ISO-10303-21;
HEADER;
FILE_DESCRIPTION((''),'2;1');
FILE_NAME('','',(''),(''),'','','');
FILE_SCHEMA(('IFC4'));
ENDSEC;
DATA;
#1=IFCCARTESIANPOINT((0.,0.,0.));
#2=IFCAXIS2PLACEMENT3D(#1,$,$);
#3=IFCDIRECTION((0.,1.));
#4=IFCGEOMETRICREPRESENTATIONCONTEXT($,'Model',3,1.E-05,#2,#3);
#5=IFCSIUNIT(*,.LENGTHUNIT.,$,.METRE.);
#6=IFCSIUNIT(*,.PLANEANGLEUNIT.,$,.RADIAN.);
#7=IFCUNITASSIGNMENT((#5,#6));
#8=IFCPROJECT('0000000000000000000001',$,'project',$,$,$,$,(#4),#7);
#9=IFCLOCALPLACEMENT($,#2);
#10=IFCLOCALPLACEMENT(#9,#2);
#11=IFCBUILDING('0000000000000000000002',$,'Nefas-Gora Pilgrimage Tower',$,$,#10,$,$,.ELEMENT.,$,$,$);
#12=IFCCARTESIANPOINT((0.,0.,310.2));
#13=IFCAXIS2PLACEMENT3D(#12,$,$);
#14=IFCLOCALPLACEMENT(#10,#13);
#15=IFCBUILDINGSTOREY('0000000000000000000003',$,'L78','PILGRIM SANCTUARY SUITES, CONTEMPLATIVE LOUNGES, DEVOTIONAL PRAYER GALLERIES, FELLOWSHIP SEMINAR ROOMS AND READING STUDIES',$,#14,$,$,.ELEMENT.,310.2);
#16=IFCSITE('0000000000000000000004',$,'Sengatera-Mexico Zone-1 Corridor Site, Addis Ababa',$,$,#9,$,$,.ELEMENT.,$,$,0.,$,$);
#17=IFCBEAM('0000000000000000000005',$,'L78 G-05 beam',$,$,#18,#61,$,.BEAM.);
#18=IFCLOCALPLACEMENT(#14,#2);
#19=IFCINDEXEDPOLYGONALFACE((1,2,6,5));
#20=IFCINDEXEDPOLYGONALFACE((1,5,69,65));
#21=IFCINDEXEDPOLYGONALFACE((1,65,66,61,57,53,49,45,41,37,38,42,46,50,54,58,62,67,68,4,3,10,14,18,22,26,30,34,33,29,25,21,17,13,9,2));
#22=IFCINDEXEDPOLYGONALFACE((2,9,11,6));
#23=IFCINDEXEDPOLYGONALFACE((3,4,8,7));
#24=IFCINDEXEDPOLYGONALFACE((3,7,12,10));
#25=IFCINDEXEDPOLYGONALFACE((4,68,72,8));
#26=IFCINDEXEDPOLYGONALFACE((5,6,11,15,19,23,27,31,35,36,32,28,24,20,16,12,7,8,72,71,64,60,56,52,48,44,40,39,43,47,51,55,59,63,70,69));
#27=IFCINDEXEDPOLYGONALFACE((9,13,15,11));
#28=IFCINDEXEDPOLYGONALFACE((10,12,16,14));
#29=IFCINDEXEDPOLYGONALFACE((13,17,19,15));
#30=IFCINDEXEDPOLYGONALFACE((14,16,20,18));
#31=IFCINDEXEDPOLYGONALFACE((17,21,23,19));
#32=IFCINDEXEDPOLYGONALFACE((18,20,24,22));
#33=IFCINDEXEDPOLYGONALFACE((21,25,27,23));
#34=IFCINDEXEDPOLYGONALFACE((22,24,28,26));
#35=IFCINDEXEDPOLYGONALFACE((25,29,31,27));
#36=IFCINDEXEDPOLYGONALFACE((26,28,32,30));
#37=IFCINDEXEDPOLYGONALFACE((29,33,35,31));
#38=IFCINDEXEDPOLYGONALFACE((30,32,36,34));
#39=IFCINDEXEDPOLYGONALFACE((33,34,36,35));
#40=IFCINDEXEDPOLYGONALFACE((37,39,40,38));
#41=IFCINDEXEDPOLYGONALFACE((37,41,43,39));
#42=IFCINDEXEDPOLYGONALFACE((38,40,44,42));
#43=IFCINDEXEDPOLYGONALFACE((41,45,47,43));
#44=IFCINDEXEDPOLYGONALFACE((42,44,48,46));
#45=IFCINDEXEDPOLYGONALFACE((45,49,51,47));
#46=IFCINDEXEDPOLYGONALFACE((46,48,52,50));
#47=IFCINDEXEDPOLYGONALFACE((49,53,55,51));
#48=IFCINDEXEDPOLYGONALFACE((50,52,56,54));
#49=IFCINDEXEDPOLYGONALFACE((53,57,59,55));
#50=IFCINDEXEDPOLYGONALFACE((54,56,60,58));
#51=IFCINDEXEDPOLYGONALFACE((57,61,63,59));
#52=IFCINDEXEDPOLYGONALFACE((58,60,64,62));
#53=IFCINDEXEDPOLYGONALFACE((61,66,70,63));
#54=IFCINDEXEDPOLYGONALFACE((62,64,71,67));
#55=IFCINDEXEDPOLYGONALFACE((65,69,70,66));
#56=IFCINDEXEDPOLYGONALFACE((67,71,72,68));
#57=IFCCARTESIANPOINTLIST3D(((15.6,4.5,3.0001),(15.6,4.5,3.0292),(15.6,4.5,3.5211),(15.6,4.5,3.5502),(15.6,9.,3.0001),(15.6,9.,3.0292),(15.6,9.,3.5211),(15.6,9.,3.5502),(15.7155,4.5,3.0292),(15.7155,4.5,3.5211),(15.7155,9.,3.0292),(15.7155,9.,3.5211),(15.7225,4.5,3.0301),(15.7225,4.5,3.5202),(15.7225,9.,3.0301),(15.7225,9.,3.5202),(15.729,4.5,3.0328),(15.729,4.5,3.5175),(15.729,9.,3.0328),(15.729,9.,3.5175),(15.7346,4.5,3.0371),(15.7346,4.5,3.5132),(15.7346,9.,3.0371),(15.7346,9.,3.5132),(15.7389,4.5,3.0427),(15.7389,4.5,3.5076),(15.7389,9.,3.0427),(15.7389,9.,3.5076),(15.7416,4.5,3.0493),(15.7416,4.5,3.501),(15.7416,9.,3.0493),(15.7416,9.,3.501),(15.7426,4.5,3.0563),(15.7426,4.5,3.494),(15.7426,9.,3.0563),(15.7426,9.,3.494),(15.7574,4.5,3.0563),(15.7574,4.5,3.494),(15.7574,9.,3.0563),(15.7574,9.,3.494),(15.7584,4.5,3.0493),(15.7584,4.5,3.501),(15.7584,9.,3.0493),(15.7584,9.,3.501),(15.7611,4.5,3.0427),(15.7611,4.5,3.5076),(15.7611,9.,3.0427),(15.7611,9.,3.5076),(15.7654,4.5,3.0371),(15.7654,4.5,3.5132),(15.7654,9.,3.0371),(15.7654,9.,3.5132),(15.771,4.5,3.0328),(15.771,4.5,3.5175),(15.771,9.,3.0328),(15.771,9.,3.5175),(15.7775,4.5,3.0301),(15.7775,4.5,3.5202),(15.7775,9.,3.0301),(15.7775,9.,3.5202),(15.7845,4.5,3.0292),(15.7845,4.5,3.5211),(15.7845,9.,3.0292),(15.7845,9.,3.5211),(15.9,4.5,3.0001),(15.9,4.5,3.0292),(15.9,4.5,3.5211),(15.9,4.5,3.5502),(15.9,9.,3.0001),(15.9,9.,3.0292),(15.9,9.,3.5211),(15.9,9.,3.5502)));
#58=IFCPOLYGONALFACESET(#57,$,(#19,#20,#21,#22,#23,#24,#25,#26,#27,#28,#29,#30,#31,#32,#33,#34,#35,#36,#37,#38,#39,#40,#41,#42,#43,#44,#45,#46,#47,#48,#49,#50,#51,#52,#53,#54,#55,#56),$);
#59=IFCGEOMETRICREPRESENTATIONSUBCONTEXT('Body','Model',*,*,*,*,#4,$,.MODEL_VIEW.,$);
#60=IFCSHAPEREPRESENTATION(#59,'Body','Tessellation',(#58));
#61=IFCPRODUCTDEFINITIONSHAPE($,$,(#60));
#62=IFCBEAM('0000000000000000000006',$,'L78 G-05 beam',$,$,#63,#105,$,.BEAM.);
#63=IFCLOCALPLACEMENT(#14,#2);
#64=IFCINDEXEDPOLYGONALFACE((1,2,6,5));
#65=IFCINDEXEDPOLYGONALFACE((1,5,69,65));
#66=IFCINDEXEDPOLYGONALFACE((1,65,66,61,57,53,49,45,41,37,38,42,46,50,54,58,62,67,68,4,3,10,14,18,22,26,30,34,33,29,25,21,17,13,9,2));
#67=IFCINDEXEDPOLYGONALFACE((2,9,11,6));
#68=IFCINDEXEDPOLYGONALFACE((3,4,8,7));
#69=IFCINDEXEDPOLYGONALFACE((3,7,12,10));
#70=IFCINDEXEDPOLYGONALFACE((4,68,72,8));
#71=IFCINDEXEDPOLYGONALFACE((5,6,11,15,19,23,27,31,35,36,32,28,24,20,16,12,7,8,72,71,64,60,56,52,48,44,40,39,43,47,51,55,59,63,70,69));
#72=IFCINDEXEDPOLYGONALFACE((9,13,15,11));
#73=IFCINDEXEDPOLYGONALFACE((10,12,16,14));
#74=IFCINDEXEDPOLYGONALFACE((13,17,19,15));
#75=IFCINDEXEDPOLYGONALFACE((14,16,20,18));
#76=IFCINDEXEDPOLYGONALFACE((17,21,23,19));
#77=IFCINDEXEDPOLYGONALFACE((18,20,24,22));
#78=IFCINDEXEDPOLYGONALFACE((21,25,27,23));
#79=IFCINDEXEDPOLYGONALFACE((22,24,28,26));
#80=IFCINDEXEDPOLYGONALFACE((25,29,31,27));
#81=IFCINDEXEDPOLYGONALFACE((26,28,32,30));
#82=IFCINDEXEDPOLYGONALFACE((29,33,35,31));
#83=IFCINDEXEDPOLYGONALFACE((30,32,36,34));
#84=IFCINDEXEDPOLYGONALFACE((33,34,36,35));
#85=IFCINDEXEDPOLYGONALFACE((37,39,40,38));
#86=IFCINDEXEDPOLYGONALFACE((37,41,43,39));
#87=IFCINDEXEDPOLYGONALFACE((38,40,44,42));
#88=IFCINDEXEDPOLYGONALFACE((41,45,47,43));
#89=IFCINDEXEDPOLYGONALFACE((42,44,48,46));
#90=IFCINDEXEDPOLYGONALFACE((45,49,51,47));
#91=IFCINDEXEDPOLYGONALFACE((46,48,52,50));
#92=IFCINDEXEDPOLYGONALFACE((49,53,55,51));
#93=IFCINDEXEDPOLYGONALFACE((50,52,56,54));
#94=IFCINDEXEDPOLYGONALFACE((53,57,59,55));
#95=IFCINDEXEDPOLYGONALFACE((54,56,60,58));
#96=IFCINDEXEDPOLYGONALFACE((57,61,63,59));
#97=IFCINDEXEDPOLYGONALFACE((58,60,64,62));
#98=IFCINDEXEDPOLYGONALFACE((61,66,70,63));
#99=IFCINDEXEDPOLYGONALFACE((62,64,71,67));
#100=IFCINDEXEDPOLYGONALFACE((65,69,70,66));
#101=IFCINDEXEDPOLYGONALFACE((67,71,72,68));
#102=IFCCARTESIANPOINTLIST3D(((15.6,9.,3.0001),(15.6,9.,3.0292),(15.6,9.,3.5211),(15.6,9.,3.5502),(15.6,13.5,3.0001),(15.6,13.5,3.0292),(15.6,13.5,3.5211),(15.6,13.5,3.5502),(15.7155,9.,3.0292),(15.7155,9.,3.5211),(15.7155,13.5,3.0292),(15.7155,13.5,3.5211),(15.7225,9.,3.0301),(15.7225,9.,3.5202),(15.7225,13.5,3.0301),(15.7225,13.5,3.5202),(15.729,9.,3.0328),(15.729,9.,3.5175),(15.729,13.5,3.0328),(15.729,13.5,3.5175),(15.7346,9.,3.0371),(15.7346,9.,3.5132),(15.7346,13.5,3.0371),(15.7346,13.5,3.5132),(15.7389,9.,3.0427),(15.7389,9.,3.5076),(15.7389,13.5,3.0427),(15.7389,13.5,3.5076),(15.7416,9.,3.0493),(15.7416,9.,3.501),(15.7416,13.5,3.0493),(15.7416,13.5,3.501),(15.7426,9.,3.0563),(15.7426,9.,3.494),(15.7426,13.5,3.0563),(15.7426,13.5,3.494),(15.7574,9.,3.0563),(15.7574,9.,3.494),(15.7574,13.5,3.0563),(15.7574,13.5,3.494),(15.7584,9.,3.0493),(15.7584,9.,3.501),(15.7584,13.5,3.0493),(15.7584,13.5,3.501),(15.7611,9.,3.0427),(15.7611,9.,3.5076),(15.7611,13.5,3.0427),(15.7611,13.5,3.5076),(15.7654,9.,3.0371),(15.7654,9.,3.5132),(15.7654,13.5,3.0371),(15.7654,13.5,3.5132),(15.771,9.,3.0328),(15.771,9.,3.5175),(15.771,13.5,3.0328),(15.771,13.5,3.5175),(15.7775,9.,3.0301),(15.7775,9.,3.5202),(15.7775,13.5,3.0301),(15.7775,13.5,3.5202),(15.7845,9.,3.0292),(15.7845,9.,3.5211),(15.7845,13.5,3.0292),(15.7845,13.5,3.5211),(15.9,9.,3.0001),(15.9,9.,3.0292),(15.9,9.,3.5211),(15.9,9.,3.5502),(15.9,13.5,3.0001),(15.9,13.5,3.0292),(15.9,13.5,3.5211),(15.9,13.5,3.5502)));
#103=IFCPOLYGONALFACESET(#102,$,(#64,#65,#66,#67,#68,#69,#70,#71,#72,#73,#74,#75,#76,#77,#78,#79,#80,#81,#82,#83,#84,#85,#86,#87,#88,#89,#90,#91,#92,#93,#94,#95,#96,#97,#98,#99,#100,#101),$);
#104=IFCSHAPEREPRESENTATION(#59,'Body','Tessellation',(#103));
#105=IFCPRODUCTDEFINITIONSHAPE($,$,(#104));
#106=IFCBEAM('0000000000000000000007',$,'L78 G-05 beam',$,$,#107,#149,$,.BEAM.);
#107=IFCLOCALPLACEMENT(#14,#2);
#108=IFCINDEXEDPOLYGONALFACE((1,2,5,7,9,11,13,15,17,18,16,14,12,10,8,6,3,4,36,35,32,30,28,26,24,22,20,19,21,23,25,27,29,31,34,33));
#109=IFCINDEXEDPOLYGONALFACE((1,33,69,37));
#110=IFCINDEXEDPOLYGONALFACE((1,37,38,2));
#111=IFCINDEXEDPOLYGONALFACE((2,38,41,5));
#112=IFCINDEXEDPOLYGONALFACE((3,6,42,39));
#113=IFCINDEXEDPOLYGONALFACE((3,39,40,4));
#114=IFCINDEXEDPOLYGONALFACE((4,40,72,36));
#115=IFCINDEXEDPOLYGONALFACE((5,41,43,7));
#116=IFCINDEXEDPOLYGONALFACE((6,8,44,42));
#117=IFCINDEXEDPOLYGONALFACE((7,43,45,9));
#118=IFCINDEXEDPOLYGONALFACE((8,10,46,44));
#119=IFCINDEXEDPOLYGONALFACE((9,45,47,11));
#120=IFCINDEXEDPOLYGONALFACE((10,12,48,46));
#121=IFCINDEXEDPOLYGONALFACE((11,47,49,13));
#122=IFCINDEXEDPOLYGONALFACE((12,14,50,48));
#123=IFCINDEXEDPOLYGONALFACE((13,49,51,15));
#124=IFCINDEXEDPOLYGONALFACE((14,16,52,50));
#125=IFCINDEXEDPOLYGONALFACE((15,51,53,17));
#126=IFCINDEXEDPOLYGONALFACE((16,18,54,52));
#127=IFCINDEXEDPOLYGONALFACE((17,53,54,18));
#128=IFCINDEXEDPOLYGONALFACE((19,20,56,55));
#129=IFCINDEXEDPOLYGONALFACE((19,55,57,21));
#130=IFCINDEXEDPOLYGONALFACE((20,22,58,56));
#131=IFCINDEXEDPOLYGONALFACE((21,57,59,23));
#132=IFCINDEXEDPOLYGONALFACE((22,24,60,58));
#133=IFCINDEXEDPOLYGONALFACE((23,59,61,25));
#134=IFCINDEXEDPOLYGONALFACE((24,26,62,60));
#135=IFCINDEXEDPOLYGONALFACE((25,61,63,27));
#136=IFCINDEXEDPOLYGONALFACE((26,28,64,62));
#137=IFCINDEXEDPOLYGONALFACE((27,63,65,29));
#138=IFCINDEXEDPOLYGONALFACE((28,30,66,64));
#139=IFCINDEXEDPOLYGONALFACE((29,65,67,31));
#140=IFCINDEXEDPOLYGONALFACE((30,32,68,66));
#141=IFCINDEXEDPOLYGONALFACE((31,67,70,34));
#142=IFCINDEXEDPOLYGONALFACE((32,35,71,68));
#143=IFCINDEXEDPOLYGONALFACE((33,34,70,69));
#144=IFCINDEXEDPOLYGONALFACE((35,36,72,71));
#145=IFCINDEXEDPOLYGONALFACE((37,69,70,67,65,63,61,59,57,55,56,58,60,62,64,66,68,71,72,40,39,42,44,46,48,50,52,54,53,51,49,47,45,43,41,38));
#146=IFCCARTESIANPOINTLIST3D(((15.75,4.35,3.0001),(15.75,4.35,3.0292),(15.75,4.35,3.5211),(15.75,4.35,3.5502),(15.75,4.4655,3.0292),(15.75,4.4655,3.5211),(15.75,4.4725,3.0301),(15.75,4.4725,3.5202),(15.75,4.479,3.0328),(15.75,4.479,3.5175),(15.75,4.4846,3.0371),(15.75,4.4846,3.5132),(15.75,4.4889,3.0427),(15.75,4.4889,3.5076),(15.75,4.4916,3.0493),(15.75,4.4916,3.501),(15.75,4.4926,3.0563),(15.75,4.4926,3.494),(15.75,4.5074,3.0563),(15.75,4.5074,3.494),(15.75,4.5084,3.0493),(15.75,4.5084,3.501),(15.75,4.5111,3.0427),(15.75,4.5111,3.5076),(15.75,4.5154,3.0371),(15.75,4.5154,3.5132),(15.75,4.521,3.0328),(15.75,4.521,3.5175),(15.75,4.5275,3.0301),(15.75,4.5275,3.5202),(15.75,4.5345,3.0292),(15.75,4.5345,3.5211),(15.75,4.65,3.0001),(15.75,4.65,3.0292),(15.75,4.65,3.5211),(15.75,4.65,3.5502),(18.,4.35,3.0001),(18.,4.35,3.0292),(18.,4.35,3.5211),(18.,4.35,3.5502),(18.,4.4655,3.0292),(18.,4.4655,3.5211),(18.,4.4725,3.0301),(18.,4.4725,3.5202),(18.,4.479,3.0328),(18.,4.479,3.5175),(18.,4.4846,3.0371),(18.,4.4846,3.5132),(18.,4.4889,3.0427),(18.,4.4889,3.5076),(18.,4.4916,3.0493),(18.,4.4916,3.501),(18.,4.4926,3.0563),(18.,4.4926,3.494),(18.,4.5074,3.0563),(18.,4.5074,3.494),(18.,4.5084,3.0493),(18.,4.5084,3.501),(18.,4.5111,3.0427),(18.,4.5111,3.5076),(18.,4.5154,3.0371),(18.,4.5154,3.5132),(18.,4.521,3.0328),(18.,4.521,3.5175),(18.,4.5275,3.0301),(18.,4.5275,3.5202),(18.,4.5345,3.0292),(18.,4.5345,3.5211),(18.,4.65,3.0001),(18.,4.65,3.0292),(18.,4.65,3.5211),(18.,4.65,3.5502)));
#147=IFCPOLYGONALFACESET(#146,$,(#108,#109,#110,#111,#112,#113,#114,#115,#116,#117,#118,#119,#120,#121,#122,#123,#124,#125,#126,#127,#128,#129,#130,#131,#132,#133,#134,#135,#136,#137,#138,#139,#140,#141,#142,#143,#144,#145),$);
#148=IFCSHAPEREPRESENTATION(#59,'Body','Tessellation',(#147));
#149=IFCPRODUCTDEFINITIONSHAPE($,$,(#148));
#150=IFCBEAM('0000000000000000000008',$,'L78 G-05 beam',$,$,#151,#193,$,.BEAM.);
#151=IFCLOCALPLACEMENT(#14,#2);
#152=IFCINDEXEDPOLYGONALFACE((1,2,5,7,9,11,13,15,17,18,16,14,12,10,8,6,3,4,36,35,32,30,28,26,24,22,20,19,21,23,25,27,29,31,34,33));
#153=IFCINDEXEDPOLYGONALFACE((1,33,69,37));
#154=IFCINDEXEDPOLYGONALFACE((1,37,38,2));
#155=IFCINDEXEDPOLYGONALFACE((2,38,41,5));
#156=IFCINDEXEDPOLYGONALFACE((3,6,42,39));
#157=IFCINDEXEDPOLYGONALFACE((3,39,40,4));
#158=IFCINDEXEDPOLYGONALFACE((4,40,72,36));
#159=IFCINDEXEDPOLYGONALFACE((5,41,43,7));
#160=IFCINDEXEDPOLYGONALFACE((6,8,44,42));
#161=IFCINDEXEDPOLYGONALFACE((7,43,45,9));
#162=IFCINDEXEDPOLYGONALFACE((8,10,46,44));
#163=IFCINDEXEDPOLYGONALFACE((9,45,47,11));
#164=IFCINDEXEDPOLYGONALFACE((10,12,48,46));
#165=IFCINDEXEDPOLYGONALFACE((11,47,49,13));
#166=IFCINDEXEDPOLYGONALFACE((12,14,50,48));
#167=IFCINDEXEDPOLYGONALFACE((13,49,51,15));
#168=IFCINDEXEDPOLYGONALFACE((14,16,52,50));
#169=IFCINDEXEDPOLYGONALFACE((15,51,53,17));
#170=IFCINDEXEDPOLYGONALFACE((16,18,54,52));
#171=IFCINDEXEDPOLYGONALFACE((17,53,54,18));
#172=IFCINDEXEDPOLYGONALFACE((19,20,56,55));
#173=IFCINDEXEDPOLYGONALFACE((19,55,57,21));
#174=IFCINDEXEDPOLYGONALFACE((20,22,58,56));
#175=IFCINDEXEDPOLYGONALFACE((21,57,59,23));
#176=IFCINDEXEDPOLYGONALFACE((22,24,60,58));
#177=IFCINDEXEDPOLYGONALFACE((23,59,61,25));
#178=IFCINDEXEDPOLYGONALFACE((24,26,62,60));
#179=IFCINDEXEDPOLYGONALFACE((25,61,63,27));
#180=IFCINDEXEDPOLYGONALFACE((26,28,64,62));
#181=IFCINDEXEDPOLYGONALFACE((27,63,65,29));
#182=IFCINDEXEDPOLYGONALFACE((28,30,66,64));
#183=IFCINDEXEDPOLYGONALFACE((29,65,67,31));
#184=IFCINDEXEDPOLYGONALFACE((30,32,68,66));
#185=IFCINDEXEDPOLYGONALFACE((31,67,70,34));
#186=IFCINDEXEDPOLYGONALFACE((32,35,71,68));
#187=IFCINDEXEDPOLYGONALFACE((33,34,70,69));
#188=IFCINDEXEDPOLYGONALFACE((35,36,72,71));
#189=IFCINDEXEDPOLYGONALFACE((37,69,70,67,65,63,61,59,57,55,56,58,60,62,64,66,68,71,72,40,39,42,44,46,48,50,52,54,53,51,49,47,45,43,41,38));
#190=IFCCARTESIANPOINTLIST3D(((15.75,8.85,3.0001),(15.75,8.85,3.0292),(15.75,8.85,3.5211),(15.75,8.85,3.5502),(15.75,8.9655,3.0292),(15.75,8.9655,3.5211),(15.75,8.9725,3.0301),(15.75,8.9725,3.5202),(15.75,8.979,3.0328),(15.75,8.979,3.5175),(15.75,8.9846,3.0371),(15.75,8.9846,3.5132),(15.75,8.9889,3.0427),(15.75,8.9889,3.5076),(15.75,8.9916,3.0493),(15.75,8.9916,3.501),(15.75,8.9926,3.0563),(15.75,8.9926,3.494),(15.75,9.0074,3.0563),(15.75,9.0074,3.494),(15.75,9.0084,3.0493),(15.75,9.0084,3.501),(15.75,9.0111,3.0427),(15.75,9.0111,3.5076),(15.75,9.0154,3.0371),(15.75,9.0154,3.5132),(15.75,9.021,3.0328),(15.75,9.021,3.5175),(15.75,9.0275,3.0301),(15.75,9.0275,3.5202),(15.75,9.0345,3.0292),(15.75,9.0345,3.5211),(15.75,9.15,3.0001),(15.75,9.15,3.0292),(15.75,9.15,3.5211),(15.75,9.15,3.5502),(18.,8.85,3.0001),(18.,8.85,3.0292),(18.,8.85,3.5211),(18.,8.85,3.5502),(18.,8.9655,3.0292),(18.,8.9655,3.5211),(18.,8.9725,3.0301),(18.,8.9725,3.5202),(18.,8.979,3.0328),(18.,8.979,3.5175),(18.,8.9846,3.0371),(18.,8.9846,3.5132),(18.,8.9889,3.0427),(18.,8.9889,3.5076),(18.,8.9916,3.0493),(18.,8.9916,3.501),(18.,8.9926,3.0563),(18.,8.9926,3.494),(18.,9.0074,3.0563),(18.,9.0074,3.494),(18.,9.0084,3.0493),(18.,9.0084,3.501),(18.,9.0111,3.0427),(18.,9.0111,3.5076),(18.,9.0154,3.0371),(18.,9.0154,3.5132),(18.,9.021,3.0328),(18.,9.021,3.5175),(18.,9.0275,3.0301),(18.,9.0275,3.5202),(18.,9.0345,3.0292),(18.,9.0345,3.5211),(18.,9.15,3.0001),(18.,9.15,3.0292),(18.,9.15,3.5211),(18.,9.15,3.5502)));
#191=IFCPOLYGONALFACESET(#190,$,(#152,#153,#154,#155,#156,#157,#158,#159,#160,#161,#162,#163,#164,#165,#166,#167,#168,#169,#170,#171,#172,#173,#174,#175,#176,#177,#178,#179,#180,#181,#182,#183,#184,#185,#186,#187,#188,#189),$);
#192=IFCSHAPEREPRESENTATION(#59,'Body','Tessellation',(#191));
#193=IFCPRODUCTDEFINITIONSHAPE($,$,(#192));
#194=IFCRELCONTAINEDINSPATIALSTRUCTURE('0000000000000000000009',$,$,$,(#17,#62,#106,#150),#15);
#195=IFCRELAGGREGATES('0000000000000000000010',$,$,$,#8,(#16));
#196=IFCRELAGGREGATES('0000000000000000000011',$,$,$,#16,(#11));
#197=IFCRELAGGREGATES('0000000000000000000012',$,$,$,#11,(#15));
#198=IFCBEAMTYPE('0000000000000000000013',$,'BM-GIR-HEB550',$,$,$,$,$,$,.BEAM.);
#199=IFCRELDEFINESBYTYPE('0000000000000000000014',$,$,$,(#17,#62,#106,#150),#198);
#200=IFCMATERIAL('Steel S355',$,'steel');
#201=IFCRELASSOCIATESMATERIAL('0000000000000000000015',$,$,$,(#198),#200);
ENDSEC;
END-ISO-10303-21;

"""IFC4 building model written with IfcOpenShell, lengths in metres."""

from ifc_helpers import new_model, si_unit, direction, frame, origin, origin_2d, place, context, subcontext, project, spatial, i_section, extrude, source, transform, mapped, material, material_profile, profile_set, type_object, element, save


model = new_model("IFC4")

# Units and contexts
model_context = context("Model", 3, precision=1e-05, world=origin(), true_north=direction((0.0, 1.0)))
body_context = subcontext(model_context, "Body", "Model", "MODEL_VIEW")
ifc_project = project(units=[si_unit("LENGTHUNIT", "METRE"), si_unit("PLANEANGLEUNIT", "RADIAN")], contexts=[model_context])

# Site, building, storey
site_placement = place(None, origin())
site = spatial("IfcSite", under=ifc_project, at=site_placement, Name="Sengatera-Mexico Zone-1 Corridor Site, Addis Ababa", CompositionType="ELEMENT", RefElevation=0.0)
building_placement = place(site_placement, origin())
building = spatial("IfcBuilding", under=site, at=building_placement, Name="Nefas-Gora Pilgrimage Tower", CompositionType="ELEMENT")
storey_placement = place(building_placement, frame((0.0, 0.0, 310.2)))
storey = spatial("IfcBuildingStorey", under=building, at=storey_placement, Name="L78", Description="PILGRIM SANCTUARY SUITES, CONTEMPLATIVE LOUNGES, DEVOTIONAL PRAYER GALLERIES, FELLOWSHIP SEMINAR ROOMS AND READING STUDIES", CompositionType="ELEMENT", Elevation=310.2)

# Shared definitions
ifc_material_1 = material(Name="Steel S355", Category="steel")

# Beams
ifc_material_profile_1 = material_profile(ifc_material_1, i_section(OverallWidth=0.3, OverallDepth=0.55, WebThickness=0.0149, FlangeThickness=0.0291, FilletRadius=0.0271, at=origin_2d()), Name="HEB 550")
ifc_profile_set_1 = profile_set([ifc_material_profile_1], Name="Steel S355")
beam_type_1 = type_object("IfcBeamType", Name="BM-GIR-HEB550", PredefinedType="BEAM", material=ifc_profile_set_1)
shared_shape_1 = source(origin(), body_context, "Body", "SweptSolid", [
    extrude(i_section(OverallWidth=0.3, OverallDepth=0.55, WebThickness=0.0149, FlangeThickness=0.0291, FilletRadius=0.0271, at=origin_2d()), origin(), (0.0, 0.0, 1.0), 4.5),
])
for number, where, z_axis, x_axis, name in (
    (1, (15.75, 4.5, 3.2751), (0.0, 1.0, 0.0), (-1.0, 0.0, 0.0), "L78 G-05 beam"),
    (2, (15.75, 9.0, 3.2751), (0.0, 1.0, 0.0), (-1.0, 0.0, 0.0), "L78 G-05 beam"),
):
    element("IfcBeam", number, at=place(storey_placement, frame(where, z_axis=z_axis, x_axis=x_axis)), inside=storey, type_object=beam_type_1, Name=name, PredefinedType="BEAM", context=body_context, shape_type="MappedRepresentation", body=[
        mapped(shared_shape_1, transform((0.0, 0.0, 0.0), x_axis=(1.0, 0.0, 0.0), y_axis=(0.0, 1.0, 0.0), z_axis=(0.0, 0.0, 1.0), scale=1.0)),
    ])
shared_shape_2 = source(origin(), body_context, "Body", "SweptSolid", [
    extrude(i_section(OverallWidth=0.3, OverallDepth=0.55, WebThickness=0.0149, FlangeThickness=0.0291, FilletRadius=0.0271, at=origin_2d()), origin(), (0.0, 0.0, 1.0), 2.25),
])
for number, where, z_axis, x_axis, name in (
    (3, (15.75, 4.5, 3.2751), (1.0, 0.0, 0.0), (0.0, 1.0, 0.0), "L78 G-05 beam"),
    (4, (15.75, 9.0, 3.2751), (1.0, 0.0, 0.0), (0.0, 1.0, 0.0), "L78 G-05 beam"),
):
    element("IfcBeam", number, at=place(storey_placement, frame(where, z_axis=z_axis, x_axis=x_axis)), inside=storey, type_object=beam_type_1, Name=name, PredefinedType="BEAM", context=body_context, shape_type="MappedRepresentation", body=[
        mapped(shared_shape_2, transform((0.0, 0.0, 0.0), x_axis=(1.0, 0.0, 0.0), y_axis=(0.0, 1.0, 0.0), z_axis=(0.0, 0.0, 1.0), scale=1.0)),
    ])

save(model, "model.ifc")
